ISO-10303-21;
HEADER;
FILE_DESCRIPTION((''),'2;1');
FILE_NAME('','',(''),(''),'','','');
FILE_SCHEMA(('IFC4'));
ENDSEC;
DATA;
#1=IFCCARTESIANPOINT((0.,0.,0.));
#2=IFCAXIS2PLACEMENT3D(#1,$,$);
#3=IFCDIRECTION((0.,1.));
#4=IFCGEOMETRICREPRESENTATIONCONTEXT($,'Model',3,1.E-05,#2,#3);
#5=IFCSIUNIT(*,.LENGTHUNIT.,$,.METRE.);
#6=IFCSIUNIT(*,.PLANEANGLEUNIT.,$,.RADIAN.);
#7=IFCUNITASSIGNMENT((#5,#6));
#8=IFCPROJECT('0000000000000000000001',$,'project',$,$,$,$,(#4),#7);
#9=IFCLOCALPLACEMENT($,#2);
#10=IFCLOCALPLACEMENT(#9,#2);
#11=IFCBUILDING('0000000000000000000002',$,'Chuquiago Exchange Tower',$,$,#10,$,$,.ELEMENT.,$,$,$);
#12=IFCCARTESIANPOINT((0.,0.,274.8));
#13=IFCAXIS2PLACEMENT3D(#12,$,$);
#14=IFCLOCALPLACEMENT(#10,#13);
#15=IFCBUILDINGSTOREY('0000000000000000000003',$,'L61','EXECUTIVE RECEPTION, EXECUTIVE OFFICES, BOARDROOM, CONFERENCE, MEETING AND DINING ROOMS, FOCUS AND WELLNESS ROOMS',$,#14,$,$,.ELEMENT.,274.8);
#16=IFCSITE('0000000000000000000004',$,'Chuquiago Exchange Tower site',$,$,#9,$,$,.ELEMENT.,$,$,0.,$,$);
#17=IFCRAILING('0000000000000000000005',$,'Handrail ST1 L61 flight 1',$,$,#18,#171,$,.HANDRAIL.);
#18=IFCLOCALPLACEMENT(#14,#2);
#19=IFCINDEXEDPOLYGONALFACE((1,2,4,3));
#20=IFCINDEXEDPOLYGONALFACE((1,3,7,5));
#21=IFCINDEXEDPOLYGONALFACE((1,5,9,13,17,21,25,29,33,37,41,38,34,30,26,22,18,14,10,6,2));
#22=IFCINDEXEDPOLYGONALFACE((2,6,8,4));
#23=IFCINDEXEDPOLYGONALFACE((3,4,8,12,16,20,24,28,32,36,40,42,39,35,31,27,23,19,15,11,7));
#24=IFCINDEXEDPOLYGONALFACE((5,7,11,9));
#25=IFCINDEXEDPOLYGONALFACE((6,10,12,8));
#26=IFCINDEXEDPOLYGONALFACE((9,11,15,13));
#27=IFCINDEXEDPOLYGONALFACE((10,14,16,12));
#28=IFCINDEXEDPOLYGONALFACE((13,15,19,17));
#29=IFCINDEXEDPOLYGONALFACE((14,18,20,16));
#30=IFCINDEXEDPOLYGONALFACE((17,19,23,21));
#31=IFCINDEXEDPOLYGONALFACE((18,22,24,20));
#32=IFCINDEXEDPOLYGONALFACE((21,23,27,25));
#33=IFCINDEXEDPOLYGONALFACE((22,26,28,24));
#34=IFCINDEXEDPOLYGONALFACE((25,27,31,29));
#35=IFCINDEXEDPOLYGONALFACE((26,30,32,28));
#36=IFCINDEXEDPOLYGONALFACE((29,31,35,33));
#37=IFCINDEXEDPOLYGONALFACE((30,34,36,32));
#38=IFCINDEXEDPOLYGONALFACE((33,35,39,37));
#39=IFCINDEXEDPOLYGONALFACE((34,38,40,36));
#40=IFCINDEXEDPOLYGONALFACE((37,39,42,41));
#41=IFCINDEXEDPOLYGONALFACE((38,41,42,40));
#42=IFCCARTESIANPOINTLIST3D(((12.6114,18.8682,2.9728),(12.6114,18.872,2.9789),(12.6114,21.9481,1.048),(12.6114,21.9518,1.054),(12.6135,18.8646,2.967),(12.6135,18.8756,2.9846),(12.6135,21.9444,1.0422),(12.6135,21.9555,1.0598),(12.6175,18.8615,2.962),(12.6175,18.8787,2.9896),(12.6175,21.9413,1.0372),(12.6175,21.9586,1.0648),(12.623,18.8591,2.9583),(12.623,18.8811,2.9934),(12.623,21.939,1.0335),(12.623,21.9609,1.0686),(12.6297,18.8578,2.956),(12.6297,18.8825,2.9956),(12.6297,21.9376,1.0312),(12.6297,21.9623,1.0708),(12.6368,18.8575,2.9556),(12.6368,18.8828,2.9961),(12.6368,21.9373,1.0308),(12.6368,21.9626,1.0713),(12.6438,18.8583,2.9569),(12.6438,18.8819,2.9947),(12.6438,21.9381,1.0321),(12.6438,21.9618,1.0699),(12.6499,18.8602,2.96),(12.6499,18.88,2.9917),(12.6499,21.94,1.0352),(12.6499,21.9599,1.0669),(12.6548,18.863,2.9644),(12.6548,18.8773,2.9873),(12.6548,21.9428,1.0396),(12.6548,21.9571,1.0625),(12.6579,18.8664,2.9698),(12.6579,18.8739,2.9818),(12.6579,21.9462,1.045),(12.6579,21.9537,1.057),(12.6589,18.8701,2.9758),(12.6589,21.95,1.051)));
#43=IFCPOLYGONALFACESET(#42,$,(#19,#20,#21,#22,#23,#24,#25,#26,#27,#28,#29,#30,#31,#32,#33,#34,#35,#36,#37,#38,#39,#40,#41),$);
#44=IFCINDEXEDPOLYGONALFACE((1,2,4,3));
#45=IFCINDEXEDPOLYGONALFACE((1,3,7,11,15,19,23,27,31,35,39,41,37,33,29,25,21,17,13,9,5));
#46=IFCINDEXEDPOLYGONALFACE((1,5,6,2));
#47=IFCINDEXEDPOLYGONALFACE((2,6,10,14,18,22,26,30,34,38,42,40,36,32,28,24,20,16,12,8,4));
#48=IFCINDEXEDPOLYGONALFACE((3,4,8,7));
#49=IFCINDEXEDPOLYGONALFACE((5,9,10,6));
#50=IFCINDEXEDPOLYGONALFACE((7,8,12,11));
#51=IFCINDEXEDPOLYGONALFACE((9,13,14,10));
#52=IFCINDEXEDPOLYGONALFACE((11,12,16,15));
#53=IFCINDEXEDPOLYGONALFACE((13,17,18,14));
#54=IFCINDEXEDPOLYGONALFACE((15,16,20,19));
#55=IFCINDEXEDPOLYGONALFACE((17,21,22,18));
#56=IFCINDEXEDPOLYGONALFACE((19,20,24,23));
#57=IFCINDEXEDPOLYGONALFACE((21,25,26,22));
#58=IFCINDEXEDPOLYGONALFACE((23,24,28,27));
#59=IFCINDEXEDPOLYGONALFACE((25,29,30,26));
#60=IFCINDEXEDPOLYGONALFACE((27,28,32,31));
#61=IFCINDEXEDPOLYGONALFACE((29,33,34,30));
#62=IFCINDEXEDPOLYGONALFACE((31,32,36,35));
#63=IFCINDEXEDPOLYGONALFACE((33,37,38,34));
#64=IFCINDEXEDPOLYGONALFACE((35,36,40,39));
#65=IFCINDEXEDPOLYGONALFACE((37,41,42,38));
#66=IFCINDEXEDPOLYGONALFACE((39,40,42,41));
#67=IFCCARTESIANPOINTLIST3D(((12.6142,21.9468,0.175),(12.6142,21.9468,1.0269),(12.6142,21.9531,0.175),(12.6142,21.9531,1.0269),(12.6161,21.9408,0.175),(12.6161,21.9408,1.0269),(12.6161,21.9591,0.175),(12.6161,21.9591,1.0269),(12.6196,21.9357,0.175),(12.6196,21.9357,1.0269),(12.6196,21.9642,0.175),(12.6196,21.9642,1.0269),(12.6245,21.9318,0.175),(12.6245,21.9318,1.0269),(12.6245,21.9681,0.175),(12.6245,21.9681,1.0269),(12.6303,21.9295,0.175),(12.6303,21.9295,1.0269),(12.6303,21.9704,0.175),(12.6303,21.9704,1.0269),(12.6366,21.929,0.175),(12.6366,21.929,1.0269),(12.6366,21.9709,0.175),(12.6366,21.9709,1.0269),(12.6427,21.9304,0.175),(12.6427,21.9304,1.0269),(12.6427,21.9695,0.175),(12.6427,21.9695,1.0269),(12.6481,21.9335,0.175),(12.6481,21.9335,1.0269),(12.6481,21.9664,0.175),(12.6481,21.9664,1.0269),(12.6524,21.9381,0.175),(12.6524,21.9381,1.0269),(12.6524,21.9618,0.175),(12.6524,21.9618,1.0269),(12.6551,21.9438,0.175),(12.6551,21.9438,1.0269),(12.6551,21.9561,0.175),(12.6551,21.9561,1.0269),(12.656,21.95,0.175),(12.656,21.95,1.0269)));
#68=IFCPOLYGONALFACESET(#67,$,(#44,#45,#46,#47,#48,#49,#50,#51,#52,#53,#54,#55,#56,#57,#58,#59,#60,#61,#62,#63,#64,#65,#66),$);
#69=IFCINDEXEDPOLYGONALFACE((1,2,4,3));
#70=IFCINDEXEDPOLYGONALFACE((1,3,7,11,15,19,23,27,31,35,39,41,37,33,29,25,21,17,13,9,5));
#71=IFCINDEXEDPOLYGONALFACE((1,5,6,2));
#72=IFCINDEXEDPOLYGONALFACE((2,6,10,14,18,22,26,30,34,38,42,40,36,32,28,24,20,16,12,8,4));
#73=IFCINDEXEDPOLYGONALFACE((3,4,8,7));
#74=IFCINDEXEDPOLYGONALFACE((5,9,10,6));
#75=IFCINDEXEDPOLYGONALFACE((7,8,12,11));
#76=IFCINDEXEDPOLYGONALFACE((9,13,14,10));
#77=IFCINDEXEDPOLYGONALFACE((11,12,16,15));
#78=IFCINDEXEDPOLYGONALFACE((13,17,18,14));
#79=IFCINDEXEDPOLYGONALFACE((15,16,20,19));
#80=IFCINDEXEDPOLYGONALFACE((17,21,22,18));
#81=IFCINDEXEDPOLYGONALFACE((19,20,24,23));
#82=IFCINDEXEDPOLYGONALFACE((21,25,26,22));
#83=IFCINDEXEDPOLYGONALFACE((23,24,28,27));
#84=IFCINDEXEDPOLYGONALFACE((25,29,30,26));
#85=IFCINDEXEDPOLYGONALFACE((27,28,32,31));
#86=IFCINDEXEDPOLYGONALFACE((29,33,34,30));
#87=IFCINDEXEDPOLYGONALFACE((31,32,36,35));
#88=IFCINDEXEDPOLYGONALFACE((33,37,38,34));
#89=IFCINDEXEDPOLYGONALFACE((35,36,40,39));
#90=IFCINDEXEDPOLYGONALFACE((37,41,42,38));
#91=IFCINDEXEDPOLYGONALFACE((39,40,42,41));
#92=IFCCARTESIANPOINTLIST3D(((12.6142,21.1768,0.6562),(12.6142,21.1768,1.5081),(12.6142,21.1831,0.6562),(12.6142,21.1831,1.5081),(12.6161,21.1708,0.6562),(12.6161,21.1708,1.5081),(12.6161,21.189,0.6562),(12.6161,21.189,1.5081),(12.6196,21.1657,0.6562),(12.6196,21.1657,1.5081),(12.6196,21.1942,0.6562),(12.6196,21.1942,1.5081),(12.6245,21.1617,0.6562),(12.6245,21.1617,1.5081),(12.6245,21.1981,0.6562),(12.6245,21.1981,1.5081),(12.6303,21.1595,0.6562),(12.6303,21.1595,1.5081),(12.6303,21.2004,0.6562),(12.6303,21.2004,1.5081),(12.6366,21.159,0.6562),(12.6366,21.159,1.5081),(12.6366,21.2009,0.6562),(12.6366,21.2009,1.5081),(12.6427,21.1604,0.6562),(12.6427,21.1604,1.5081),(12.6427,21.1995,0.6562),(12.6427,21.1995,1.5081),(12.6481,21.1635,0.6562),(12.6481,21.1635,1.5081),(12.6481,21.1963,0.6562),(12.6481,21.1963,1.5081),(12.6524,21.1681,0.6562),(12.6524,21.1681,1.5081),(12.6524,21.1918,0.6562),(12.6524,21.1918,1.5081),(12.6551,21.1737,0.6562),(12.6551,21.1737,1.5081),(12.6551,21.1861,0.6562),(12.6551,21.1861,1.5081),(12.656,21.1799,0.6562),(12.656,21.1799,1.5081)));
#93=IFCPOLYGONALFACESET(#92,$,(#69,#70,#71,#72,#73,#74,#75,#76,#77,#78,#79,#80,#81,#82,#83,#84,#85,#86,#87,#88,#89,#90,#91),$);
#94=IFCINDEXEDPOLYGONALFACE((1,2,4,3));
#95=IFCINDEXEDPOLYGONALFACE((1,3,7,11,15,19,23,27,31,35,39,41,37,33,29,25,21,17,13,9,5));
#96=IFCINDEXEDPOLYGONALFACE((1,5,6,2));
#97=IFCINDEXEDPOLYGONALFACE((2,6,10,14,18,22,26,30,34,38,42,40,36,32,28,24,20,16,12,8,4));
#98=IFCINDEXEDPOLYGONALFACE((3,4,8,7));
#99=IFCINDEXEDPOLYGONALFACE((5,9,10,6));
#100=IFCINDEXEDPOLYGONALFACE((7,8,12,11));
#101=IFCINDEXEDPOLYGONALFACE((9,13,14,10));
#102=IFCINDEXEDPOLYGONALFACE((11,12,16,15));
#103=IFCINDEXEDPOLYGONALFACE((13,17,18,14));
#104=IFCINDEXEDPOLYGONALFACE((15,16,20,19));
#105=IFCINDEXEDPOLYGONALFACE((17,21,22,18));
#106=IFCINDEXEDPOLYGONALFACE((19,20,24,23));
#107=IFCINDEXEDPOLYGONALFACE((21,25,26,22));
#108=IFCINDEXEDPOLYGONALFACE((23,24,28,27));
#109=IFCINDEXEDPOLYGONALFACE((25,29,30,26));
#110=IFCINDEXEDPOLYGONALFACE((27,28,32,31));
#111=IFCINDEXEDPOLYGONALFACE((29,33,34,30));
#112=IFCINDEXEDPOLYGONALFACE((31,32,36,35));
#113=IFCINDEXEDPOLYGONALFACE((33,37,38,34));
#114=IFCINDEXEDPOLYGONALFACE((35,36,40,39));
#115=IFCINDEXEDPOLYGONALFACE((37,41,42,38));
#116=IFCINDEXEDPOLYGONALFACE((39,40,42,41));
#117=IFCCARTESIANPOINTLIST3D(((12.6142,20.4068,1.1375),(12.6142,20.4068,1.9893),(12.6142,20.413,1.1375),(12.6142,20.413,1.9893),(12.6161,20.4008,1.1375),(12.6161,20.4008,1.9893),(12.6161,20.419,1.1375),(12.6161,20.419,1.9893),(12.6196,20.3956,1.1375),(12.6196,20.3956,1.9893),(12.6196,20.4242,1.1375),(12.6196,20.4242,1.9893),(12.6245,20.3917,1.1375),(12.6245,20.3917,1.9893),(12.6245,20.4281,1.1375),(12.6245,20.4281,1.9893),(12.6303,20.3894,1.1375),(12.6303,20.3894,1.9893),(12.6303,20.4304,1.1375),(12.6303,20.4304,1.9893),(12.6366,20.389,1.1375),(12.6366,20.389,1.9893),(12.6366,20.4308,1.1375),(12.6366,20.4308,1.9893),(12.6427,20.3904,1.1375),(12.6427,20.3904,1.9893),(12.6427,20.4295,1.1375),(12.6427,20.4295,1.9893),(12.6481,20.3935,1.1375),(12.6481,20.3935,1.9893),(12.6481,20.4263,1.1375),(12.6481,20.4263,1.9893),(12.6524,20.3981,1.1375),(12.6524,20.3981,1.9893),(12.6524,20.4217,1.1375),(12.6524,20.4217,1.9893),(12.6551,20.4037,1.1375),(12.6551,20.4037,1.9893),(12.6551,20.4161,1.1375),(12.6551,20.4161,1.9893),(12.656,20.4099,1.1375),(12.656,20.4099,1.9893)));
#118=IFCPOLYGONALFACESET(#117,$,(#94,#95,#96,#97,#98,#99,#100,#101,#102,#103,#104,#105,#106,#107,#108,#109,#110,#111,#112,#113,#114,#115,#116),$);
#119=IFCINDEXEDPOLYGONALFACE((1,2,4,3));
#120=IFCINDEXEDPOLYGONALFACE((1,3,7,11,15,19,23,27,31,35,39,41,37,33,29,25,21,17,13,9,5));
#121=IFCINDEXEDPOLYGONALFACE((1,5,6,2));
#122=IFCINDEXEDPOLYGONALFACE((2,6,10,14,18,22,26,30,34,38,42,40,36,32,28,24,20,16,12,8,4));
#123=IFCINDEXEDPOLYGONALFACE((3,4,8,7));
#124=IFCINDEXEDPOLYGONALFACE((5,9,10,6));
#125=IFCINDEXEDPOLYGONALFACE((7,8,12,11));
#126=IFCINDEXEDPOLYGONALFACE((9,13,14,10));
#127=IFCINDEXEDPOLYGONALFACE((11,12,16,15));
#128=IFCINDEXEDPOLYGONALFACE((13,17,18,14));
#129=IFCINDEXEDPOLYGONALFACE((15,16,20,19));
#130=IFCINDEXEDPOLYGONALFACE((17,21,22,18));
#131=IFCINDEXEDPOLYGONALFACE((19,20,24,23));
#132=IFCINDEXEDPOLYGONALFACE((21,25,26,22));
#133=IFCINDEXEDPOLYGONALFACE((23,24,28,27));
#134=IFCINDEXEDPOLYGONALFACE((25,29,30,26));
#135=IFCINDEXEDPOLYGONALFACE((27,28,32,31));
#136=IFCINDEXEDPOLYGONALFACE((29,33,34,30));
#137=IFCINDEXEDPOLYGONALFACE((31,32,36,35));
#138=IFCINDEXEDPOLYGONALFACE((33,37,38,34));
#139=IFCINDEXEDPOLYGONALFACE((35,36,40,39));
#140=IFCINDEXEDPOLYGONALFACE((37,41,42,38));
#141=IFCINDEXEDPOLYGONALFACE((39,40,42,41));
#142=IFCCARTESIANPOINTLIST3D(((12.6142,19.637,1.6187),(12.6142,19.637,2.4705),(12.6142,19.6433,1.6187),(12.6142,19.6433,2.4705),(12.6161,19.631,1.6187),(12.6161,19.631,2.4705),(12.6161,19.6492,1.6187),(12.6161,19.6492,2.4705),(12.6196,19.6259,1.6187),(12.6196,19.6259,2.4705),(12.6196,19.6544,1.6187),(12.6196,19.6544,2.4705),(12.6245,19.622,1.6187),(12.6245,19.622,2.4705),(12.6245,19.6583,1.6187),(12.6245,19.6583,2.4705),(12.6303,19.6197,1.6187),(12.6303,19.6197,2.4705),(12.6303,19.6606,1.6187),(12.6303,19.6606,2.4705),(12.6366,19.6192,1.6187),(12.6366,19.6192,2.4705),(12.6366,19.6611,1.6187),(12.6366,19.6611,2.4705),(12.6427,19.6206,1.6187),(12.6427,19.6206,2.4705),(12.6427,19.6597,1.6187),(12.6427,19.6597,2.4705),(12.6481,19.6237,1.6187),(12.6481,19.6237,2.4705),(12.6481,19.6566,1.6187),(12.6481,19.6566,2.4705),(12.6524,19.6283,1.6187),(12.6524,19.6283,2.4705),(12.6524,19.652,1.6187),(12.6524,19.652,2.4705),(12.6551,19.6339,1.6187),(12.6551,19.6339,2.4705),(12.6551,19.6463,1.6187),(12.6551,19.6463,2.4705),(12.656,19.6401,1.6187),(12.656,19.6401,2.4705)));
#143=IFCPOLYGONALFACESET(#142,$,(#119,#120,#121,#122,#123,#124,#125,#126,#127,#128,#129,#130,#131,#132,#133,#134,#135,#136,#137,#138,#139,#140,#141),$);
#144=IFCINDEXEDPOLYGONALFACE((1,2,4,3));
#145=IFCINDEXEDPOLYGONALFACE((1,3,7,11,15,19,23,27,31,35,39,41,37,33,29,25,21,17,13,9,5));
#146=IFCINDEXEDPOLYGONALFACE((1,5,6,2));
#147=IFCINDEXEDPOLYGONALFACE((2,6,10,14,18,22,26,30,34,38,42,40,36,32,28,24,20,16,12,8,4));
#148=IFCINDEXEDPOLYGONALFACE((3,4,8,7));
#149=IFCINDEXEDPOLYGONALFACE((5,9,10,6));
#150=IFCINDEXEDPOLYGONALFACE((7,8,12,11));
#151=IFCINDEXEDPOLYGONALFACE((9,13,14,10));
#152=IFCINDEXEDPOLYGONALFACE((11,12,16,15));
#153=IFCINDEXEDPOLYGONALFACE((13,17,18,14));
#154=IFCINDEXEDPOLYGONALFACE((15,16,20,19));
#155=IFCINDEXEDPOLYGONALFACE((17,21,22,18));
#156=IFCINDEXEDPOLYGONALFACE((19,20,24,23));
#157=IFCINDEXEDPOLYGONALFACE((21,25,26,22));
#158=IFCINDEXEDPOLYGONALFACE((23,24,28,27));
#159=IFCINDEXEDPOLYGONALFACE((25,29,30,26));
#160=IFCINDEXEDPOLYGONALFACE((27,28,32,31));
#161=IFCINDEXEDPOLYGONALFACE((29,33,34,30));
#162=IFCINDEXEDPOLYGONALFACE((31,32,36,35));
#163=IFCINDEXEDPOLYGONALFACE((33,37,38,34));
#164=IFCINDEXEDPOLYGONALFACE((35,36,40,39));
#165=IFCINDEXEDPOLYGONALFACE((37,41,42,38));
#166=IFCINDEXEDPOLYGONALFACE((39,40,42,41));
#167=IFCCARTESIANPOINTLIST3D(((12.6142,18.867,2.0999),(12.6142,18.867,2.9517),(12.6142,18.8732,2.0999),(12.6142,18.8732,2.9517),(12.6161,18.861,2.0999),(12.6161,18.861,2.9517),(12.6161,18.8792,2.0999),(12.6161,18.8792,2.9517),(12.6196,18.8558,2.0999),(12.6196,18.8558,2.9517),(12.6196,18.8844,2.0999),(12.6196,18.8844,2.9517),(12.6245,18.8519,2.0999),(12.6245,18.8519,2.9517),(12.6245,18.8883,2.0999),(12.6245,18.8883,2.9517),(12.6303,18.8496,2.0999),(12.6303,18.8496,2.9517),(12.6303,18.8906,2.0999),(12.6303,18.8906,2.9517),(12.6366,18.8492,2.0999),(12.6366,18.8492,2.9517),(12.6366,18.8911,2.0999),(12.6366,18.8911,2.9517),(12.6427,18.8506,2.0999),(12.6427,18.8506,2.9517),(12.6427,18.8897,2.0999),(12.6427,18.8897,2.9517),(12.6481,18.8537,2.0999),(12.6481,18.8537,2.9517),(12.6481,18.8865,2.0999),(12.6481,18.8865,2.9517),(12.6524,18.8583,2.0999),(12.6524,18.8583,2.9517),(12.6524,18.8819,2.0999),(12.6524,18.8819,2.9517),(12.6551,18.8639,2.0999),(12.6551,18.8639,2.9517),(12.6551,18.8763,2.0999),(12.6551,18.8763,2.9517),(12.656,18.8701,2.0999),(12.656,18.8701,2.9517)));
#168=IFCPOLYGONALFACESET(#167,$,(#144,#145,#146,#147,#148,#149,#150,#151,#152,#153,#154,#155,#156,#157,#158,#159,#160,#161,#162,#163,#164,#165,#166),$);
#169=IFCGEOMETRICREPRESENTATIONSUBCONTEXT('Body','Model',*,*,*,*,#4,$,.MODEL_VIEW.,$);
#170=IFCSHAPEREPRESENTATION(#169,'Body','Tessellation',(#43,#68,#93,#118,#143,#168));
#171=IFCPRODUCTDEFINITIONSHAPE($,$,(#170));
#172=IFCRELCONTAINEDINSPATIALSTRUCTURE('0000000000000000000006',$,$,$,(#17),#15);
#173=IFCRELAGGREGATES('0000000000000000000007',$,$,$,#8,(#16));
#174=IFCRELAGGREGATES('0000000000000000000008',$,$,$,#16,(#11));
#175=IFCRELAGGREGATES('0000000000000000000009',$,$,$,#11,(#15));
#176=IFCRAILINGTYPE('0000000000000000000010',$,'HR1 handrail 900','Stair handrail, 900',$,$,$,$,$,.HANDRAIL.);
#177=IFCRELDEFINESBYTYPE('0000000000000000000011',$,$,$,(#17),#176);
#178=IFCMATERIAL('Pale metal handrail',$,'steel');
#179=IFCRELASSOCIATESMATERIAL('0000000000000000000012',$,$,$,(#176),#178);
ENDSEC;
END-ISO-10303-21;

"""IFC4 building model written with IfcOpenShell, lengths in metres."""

from ifc_helpers import new_model, si_unit, direction, frame, origin, origin_2d, place, context, subcontext, project, spatial, circle, extrude, material, type_object, element, save


model = new_model("IFC4")

# Units and contexts
model_context = context("Model", 3, precision=1e-05, world=origin(), true_north=direction((0.0, 1.0)))
body_context = subcontext(model_context, "Body", "Model", "MODEL_VIEW")
ifc_project = project(units=[si_unit("LENGTHUNIT", "METRE"), si_unit("PLANEANGLEUNIT", "RADIAN")], contexts=[model_context])

# Site, building, storey
site_placement = place(None, origin())
site = spatial("IfcSite", under=ifc_project, at=site_placement, Name="Chuquiago Exchange Tower site", CompositionType="ELEMENT", RefElevation=0.0)
building_placement = place(site_placement, origin())
building = spatial("IfcBuilding", under=site, at=building_placement, Name="Chuquiago Exchange Tower", CompositionType="ELEMENT")
storey_placement = place(building_placement, frame((0.0, 0.0, 274.8)))
storey = spatial("IfcBuildingStorey", under=building, at=storey_placement, Name="L61", Description="EXECUTIVE RECEPTION, EXECUTIVE OFFICES, BOARDROOM, CONFERENCE, MEETING AND DINING ROOMS, FOCUS AND WELLNESS ROOMS", CompositionType="ELEMENT", Elevation=274.8)

# Railing
ifc_material_1 = material(Name="Pale metal handrail", Category="steel")
railing_type_1 = type_object("IfcRailingType", Name="HR1 handrail 900", Description="Stair handrail, 900", PredefinedType="HANDRAIL", material=ifc_material_1)
for number, where, name in (
    (1, (12.635, 21.95, 0.175), "Handrail ST1 L61 flight 1"),
):
    element("IfcRailing", number, at=place(storey_placement, frame(where)), inside=storey, type_object=railing_type_1, Name=name, PredefinedType="HANDRAIL", context=body_context, shape_type="SweptSolid", body=[
        extrude(circle(Radius=0.0239, at=origin_2d()), frame((0.0, 0.0, 0.876), z_axis=(0.0, -0.84801, 0.529981), x_axis=(1.0, 0.0, 0.0)), (0.0, 0.0, 1.0), 3.6318),
        extrude(circle(Radius=0.021, at=origin_2d()), origin(), (0.0, 0.0, 1.0), 0.8518),
        extrude(circle(Radius=0.021, at=origin_2d()), frame((0.0, -0.77, 0.4812)), (0.0, 0.0, 1.0), 0.8518),
        extrude(circle(Radius=0.021, at=origin_2d()), frame((0.0, -1.54, 0.9624)), (0.0, 0.0, 1.0), 0.8518),
        extrude(circle(Radius=0.021, at=origin_2d()), frame((0.0, -2.3098, 1.4436)), (0.0, 0.0, 1.0), 0.8518),
        extrude(circle(Radius=0.021, at=origin_2d()), frame((0.0, -3.0798, 1.9248)), (0.0, 0.0, 1.0), 0.8518),
    ])

save(model, "model.ifc")
